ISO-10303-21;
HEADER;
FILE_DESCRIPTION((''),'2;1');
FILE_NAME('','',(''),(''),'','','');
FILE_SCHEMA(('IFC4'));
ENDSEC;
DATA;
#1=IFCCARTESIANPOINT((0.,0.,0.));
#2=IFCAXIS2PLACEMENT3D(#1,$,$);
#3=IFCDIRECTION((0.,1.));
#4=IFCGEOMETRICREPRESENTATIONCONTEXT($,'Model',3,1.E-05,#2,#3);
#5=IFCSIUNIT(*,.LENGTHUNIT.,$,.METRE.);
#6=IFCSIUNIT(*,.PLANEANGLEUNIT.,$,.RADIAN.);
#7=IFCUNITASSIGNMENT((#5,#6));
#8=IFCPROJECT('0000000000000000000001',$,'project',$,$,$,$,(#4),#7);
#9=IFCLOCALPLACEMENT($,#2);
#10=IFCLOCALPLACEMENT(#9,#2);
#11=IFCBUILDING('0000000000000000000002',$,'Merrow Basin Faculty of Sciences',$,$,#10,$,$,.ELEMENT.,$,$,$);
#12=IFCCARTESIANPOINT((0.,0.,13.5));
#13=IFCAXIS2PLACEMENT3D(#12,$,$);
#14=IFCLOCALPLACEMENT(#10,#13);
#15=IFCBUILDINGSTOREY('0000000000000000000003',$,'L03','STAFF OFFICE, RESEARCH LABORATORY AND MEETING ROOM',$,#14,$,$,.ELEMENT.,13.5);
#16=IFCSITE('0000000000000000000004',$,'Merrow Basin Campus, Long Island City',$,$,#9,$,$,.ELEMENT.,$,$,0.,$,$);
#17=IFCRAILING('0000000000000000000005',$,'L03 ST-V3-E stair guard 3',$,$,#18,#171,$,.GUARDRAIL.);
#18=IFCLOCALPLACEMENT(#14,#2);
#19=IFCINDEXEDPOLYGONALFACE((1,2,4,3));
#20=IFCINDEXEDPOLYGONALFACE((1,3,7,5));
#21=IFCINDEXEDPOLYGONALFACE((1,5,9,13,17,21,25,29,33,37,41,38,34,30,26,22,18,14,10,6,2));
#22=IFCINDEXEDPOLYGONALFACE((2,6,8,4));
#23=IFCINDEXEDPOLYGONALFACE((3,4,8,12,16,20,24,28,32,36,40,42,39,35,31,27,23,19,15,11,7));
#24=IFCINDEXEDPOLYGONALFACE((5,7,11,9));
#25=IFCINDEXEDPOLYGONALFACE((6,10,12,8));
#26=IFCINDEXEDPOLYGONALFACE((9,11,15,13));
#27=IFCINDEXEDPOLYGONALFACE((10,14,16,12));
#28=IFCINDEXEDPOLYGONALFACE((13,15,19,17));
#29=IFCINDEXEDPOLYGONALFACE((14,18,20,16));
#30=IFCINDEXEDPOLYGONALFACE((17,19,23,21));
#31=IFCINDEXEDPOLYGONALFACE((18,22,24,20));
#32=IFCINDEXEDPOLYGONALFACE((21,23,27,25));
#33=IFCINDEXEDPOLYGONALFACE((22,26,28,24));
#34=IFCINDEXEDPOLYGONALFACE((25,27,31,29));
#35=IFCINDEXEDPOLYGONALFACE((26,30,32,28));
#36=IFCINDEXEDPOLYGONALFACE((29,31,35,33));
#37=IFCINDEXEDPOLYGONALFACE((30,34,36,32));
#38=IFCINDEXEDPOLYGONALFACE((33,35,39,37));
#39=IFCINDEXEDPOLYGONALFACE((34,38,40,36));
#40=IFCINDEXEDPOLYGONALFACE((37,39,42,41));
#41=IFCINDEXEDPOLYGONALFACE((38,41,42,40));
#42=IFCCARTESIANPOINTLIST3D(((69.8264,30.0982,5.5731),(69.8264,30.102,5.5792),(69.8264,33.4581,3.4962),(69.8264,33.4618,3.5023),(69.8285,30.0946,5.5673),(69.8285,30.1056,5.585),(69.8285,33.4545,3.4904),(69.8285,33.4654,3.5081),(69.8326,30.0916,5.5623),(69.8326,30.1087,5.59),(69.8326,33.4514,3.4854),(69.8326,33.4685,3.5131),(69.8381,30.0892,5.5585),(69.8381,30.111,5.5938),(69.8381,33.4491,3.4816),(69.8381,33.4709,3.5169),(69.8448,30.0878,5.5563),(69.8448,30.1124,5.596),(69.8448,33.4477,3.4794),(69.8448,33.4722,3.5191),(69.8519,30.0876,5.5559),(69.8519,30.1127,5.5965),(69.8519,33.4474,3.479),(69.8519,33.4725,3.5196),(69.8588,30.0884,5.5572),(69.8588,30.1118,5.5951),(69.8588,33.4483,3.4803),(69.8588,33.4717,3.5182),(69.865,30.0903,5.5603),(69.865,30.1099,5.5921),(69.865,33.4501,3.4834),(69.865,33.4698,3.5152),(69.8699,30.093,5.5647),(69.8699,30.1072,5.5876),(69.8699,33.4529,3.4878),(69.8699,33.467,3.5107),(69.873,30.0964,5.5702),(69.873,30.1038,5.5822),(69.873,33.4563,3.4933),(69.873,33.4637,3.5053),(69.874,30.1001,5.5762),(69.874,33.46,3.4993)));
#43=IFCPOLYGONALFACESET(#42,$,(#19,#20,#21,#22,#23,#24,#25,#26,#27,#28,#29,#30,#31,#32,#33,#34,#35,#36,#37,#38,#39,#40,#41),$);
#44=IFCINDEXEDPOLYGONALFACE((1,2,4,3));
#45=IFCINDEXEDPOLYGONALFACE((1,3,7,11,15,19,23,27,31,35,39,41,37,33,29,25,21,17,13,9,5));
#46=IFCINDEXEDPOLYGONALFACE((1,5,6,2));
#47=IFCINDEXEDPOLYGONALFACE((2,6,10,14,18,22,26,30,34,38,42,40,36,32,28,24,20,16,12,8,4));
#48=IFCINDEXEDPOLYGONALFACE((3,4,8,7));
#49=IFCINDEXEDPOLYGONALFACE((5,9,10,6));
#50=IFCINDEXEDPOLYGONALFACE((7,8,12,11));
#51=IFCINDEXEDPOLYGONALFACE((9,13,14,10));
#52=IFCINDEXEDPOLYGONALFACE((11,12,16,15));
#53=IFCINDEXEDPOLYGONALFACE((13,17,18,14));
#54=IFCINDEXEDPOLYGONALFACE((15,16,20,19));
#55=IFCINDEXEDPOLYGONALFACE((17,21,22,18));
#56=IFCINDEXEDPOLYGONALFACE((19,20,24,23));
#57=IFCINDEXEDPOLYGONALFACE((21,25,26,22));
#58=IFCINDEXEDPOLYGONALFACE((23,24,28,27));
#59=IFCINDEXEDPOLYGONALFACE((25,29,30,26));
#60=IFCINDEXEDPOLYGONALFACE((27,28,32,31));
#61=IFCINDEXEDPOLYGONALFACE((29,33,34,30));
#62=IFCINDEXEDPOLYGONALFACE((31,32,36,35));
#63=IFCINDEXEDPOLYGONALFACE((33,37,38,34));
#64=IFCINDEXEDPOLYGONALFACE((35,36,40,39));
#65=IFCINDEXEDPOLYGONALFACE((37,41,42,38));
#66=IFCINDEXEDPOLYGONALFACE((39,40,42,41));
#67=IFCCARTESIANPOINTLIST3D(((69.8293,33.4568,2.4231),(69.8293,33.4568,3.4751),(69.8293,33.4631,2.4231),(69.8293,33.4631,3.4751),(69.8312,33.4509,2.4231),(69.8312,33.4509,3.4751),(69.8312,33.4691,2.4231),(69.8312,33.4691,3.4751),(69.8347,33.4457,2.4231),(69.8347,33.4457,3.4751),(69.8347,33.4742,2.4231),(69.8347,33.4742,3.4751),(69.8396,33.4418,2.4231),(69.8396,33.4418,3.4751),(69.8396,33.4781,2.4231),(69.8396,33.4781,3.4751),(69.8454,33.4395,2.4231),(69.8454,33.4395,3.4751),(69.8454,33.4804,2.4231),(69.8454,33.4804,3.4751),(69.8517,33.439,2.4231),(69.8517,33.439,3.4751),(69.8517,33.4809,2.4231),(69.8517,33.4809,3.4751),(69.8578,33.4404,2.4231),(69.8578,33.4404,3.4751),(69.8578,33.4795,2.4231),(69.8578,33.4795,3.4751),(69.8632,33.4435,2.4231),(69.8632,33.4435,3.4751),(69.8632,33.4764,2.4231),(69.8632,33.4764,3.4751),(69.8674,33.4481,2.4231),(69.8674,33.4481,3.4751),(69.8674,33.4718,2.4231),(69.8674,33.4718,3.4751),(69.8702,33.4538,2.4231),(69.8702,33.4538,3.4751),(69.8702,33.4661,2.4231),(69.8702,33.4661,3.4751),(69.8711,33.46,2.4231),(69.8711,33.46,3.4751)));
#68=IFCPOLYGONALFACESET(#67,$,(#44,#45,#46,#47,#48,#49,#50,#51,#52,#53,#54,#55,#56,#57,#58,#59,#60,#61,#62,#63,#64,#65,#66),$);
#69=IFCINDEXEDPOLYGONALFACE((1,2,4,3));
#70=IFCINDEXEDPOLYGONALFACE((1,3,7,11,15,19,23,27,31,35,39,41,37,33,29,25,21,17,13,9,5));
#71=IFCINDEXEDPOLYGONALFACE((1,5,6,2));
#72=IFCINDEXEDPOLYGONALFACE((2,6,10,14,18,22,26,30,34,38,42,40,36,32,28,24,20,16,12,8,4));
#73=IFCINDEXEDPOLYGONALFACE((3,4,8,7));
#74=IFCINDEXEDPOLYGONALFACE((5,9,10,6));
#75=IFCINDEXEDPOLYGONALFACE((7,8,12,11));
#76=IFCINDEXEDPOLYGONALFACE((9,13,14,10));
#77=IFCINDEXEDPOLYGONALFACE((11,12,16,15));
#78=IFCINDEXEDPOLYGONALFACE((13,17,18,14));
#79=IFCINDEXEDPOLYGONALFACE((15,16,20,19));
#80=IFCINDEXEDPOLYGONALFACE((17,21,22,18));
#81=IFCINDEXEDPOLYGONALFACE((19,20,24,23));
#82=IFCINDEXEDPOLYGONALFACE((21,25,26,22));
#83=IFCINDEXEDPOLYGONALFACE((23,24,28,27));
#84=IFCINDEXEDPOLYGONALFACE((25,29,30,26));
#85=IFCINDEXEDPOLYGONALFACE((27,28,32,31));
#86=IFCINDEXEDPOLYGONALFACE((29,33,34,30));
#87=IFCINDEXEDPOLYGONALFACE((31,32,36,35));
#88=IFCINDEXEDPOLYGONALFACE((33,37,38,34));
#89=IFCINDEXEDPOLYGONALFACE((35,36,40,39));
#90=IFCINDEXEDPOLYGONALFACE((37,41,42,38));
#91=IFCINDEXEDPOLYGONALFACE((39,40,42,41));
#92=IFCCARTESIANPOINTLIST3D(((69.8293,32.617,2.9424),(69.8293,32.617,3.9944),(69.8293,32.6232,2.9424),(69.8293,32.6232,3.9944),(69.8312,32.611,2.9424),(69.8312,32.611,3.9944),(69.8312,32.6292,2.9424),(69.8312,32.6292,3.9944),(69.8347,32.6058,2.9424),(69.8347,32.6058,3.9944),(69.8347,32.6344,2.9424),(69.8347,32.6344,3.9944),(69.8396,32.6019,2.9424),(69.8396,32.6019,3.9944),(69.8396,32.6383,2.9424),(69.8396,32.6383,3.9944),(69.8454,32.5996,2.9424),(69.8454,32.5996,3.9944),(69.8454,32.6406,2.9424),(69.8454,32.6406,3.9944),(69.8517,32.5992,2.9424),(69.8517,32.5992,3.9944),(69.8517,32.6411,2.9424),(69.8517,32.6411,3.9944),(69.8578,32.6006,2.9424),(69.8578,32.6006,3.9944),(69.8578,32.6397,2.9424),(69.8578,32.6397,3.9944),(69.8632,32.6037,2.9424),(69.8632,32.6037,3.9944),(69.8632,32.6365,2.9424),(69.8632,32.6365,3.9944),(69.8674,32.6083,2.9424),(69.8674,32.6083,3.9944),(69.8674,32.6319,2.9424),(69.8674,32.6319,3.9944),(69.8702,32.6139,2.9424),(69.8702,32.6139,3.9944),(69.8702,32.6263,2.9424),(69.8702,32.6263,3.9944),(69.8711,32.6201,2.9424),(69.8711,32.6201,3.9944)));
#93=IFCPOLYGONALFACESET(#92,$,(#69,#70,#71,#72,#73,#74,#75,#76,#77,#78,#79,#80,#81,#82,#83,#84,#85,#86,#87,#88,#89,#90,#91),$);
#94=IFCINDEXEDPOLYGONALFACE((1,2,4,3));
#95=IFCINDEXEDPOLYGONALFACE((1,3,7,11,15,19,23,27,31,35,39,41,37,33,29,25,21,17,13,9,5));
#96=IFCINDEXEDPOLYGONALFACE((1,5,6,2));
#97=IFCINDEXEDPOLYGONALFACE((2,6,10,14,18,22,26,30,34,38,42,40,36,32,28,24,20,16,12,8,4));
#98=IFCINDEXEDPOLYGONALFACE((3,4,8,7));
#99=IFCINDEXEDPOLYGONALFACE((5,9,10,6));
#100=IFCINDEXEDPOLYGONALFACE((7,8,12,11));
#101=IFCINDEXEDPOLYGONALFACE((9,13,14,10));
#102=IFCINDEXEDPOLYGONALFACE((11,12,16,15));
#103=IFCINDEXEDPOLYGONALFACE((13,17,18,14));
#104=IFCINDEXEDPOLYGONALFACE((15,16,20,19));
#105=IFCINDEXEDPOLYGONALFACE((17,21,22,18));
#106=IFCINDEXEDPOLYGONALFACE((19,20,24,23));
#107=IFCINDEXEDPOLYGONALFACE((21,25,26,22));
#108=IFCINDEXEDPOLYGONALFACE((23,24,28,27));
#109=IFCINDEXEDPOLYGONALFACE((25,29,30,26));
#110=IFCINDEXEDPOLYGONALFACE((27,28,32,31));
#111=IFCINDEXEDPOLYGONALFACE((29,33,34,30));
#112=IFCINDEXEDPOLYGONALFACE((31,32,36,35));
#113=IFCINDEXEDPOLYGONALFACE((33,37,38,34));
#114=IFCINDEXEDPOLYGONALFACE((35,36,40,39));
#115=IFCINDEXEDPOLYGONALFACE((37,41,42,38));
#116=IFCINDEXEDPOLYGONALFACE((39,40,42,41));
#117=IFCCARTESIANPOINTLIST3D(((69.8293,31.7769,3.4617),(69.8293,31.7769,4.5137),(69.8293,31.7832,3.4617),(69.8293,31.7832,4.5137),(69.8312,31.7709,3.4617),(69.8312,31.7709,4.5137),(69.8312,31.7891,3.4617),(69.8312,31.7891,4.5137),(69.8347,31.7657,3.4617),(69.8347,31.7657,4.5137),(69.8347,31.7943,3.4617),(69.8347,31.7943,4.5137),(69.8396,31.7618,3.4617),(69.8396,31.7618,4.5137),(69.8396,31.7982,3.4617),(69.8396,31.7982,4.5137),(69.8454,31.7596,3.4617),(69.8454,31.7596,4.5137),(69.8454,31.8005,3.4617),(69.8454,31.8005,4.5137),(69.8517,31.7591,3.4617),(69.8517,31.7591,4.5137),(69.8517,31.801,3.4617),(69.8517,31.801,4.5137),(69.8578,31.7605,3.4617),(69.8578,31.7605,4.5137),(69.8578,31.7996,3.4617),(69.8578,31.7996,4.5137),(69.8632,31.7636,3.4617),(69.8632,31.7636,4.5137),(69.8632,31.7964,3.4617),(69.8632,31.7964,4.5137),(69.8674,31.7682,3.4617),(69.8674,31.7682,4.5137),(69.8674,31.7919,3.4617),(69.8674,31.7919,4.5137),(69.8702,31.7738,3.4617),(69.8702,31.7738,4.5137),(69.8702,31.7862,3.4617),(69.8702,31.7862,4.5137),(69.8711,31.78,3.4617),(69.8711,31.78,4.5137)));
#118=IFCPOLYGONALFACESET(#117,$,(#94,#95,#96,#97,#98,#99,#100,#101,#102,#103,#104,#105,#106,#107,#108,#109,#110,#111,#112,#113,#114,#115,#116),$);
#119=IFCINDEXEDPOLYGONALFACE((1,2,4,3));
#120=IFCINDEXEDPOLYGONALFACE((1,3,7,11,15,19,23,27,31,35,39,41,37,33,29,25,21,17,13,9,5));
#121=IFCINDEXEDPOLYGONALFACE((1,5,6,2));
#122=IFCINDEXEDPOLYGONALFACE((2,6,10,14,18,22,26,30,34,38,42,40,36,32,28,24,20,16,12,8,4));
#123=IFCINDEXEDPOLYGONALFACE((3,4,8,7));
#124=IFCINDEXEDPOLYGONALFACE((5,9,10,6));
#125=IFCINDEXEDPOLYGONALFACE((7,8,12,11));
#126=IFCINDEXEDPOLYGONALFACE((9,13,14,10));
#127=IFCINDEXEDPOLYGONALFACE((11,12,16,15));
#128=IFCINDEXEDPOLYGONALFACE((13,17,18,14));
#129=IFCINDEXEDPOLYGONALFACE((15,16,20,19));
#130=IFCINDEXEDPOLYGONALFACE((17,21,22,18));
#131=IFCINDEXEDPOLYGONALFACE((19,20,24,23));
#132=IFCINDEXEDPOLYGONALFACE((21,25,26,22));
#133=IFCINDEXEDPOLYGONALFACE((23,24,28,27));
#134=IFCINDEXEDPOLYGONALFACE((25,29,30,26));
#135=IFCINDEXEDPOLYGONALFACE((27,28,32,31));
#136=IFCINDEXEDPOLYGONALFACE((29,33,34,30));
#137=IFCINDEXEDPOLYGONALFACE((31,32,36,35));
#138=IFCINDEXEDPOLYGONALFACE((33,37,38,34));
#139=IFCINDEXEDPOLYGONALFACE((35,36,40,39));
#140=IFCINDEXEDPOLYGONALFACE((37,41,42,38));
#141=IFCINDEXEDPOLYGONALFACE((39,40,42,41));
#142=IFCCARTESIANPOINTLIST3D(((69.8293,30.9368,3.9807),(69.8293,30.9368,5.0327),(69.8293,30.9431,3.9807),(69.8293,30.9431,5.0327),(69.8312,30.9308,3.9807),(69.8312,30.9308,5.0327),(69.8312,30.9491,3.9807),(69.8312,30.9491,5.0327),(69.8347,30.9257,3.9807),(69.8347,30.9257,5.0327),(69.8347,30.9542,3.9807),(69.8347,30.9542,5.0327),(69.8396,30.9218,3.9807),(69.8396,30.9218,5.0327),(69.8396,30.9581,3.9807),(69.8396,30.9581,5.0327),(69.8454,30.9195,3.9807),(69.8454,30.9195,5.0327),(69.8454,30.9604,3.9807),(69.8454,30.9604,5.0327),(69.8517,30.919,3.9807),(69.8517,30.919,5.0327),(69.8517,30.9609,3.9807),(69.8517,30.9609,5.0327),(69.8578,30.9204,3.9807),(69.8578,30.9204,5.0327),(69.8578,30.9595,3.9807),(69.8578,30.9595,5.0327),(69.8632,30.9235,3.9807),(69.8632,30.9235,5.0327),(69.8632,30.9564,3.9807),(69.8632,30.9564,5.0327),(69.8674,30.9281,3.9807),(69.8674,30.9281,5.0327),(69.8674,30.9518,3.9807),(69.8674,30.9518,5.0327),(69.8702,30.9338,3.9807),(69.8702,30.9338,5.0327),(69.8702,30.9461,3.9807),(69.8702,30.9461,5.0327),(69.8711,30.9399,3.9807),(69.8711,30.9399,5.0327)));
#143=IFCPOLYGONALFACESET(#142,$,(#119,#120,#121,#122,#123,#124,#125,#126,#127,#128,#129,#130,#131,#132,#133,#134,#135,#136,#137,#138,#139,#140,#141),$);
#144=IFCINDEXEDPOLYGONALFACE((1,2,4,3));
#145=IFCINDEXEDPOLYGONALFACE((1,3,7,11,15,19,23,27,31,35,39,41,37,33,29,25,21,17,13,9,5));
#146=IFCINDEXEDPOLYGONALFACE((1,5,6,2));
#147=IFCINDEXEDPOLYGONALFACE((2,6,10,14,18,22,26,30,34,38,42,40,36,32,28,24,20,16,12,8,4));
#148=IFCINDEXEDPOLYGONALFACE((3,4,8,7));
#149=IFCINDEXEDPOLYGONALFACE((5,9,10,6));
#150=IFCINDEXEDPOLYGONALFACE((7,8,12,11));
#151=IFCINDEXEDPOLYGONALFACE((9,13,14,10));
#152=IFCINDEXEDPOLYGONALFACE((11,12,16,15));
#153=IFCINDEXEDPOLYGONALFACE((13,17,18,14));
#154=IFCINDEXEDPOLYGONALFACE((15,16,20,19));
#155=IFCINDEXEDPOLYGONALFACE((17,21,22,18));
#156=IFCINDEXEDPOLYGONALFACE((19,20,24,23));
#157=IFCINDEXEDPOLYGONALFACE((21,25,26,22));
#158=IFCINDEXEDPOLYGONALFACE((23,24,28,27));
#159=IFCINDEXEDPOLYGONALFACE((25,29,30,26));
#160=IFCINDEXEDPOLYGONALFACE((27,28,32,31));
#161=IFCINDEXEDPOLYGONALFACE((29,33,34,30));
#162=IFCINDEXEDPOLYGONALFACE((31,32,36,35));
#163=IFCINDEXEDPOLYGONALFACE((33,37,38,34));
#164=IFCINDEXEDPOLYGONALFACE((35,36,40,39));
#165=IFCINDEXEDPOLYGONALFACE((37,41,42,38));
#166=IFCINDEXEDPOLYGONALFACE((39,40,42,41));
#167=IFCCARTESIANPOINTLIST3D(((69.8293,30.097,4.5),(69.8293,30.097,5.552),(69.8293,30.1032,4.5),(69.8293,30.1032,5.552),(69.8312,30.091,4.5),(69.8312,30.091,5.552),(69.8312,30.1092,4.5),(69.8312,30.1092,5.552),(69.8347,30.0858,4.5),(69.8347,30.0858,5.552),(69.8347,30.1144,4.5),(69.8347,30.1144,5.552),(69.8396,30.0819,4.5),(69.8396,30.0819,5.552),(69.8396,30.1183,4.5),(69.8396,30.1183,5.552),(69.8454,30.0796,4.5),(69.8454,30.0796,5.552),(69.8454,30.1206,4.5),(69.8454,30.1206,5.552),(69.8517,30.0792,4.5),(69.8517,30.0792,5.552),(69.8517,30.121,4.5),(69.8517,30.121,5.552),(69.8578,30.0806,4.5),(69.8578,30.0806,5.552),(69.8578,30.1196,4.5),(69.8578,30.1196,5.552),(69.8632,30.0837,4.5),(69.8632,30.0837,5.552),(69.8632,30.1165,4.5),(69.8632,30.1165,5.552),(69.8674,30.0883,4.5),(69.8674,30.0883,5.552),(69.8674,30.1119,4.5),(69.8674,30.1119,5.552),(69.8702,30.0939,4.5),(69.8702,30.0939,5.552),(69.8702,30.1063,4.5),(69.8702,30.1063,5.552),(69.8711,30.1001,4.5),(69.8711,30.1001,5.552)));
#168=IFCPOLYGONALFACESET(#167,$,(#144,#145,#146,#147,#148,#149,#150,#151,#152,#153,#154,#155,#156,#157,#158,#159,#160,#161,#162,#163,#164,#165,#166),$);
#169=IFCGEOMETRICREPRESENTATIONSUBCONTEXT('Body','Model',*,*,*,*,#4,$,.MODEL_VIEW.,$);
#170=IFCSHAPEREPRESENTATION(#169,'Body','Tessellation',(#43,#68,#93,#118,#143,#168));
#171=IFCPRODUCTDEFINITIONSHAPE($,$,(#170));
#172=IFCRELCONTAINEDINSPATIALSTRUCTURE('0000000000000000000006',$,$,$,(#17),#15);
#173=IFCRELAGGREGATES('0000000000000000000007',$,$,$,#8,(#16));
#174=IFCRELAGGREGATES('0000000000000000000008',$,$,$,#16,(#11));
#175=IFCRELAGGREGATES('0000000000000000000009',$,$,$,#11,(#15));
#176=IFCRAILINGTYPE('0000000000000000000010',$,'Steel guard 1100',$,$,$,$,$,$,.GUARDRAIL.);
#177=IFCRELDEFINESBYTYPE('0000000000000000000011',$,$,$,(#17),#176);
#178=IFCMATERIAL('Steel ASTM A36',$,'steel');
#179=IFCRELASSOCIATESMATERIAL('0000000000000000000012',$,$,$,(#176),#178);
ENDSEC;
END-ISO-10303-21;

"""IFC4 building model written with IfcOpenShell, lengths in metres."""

from ifc_helpers import new_model, si_unit, direction, frame, origin, origin_2d, place, context, subcontext, project, spatial, circle, extrude, material, type_object, element, save


model = new_model("IFC4")

# Units and contexts
model_context = context("Model", 3, precision=1e-05, world=origin(), true_north=direction((0.0, 1.0)))
body_context = subcontext(model_context, "Body", "Model", "MODEL_VIEW")
ifc_project = project(units=[si_unit("LENGTHUNIT", "METRE"), si_unit("PLANEANGLEUNIT", "RADIAN")], contexts=[model_context])

# Site, building, storey
site_placement = place(None, origin())
site = spatial("IfcSite", under=ifc_project, at=site_placement, Name="Merrow Basin Campus, Long Island City", CompositionType="ELEMENT", RefElevation=0.0)
building_placement = place(site_placement, origin())
building = spatial("IfcBuilding", under=site, at=building_placement, Name="Merrow Basin Faculty of Sciences", CompositionType="ELEMENT")
storey_placement = place(building_placement, frame((0.0, 0.0, 13.5)))
storey = spatial("IfcBuildingStorey", under=building, at=storey_placement, Name="L03", Description="STAFF OFFICE, RESEARCH LABORATORY AND MEETING ROOM", CompositionType="ELEMENT", Elevation=13.5)

# Railing
ifc_material_1 = material(Name="Steel ASTM A36", Category="steel")
railing_type_1 = type_object("IfcRailingType", Name="Steel guard 1100", PredefinedType="GUARDRAIL", material=ifc_material_1)
railing_1_placement = place(storey_placement, frame((69.8501, 33.46, 2.4231)))
element("IfcRailing", 1, at=railing_1_placement, inside=storey, type_object=railing_type_1, Name="L03 ST-V3-E stair guard 3", PredefinedType="GUARDRAIL", context=body_context, shape_type="SweptSolid", body=[
    extrude(circle(Radius=0.0239, at=origin_2d()), frame((0.0, 0.0, 1.0762), z_axis=(0.0, -0.850606, 0.525803), x_axis=(1.0, 0.0, 0.0)), (0.0, 0.0, 1.0), 3.95),
    extrude(circle(Radius=0.021, at=origin_2d()), origin(), (0.0, 0.0, 1.0), 1.052),
    extrude(circle(Radius=0.021, at=origin_2d()), frame((0.0, -0.8398, 0.5193)), (0.0, 0.0, 1.0), 1.052),
    extrude(circle(Radius=0.021, at=origin_2d()), frame((0.0, -1.6799, 1.0386)), (0.0, 0.0, 1.0), 1.052),
    extrude(circle(Radius=0.021, at=origin_2d()), frame((0.0, -2.52, 1.5576)), (0.0, 0.0, 1.0), 1.052),
    extrude(circle(Radius=0.021, at=origin_2d()), frame((0.0, -3.3599, 2.0769)), (0.0, 0.0, 1.0), 1.052),
])

save(model, "model.ifc")
